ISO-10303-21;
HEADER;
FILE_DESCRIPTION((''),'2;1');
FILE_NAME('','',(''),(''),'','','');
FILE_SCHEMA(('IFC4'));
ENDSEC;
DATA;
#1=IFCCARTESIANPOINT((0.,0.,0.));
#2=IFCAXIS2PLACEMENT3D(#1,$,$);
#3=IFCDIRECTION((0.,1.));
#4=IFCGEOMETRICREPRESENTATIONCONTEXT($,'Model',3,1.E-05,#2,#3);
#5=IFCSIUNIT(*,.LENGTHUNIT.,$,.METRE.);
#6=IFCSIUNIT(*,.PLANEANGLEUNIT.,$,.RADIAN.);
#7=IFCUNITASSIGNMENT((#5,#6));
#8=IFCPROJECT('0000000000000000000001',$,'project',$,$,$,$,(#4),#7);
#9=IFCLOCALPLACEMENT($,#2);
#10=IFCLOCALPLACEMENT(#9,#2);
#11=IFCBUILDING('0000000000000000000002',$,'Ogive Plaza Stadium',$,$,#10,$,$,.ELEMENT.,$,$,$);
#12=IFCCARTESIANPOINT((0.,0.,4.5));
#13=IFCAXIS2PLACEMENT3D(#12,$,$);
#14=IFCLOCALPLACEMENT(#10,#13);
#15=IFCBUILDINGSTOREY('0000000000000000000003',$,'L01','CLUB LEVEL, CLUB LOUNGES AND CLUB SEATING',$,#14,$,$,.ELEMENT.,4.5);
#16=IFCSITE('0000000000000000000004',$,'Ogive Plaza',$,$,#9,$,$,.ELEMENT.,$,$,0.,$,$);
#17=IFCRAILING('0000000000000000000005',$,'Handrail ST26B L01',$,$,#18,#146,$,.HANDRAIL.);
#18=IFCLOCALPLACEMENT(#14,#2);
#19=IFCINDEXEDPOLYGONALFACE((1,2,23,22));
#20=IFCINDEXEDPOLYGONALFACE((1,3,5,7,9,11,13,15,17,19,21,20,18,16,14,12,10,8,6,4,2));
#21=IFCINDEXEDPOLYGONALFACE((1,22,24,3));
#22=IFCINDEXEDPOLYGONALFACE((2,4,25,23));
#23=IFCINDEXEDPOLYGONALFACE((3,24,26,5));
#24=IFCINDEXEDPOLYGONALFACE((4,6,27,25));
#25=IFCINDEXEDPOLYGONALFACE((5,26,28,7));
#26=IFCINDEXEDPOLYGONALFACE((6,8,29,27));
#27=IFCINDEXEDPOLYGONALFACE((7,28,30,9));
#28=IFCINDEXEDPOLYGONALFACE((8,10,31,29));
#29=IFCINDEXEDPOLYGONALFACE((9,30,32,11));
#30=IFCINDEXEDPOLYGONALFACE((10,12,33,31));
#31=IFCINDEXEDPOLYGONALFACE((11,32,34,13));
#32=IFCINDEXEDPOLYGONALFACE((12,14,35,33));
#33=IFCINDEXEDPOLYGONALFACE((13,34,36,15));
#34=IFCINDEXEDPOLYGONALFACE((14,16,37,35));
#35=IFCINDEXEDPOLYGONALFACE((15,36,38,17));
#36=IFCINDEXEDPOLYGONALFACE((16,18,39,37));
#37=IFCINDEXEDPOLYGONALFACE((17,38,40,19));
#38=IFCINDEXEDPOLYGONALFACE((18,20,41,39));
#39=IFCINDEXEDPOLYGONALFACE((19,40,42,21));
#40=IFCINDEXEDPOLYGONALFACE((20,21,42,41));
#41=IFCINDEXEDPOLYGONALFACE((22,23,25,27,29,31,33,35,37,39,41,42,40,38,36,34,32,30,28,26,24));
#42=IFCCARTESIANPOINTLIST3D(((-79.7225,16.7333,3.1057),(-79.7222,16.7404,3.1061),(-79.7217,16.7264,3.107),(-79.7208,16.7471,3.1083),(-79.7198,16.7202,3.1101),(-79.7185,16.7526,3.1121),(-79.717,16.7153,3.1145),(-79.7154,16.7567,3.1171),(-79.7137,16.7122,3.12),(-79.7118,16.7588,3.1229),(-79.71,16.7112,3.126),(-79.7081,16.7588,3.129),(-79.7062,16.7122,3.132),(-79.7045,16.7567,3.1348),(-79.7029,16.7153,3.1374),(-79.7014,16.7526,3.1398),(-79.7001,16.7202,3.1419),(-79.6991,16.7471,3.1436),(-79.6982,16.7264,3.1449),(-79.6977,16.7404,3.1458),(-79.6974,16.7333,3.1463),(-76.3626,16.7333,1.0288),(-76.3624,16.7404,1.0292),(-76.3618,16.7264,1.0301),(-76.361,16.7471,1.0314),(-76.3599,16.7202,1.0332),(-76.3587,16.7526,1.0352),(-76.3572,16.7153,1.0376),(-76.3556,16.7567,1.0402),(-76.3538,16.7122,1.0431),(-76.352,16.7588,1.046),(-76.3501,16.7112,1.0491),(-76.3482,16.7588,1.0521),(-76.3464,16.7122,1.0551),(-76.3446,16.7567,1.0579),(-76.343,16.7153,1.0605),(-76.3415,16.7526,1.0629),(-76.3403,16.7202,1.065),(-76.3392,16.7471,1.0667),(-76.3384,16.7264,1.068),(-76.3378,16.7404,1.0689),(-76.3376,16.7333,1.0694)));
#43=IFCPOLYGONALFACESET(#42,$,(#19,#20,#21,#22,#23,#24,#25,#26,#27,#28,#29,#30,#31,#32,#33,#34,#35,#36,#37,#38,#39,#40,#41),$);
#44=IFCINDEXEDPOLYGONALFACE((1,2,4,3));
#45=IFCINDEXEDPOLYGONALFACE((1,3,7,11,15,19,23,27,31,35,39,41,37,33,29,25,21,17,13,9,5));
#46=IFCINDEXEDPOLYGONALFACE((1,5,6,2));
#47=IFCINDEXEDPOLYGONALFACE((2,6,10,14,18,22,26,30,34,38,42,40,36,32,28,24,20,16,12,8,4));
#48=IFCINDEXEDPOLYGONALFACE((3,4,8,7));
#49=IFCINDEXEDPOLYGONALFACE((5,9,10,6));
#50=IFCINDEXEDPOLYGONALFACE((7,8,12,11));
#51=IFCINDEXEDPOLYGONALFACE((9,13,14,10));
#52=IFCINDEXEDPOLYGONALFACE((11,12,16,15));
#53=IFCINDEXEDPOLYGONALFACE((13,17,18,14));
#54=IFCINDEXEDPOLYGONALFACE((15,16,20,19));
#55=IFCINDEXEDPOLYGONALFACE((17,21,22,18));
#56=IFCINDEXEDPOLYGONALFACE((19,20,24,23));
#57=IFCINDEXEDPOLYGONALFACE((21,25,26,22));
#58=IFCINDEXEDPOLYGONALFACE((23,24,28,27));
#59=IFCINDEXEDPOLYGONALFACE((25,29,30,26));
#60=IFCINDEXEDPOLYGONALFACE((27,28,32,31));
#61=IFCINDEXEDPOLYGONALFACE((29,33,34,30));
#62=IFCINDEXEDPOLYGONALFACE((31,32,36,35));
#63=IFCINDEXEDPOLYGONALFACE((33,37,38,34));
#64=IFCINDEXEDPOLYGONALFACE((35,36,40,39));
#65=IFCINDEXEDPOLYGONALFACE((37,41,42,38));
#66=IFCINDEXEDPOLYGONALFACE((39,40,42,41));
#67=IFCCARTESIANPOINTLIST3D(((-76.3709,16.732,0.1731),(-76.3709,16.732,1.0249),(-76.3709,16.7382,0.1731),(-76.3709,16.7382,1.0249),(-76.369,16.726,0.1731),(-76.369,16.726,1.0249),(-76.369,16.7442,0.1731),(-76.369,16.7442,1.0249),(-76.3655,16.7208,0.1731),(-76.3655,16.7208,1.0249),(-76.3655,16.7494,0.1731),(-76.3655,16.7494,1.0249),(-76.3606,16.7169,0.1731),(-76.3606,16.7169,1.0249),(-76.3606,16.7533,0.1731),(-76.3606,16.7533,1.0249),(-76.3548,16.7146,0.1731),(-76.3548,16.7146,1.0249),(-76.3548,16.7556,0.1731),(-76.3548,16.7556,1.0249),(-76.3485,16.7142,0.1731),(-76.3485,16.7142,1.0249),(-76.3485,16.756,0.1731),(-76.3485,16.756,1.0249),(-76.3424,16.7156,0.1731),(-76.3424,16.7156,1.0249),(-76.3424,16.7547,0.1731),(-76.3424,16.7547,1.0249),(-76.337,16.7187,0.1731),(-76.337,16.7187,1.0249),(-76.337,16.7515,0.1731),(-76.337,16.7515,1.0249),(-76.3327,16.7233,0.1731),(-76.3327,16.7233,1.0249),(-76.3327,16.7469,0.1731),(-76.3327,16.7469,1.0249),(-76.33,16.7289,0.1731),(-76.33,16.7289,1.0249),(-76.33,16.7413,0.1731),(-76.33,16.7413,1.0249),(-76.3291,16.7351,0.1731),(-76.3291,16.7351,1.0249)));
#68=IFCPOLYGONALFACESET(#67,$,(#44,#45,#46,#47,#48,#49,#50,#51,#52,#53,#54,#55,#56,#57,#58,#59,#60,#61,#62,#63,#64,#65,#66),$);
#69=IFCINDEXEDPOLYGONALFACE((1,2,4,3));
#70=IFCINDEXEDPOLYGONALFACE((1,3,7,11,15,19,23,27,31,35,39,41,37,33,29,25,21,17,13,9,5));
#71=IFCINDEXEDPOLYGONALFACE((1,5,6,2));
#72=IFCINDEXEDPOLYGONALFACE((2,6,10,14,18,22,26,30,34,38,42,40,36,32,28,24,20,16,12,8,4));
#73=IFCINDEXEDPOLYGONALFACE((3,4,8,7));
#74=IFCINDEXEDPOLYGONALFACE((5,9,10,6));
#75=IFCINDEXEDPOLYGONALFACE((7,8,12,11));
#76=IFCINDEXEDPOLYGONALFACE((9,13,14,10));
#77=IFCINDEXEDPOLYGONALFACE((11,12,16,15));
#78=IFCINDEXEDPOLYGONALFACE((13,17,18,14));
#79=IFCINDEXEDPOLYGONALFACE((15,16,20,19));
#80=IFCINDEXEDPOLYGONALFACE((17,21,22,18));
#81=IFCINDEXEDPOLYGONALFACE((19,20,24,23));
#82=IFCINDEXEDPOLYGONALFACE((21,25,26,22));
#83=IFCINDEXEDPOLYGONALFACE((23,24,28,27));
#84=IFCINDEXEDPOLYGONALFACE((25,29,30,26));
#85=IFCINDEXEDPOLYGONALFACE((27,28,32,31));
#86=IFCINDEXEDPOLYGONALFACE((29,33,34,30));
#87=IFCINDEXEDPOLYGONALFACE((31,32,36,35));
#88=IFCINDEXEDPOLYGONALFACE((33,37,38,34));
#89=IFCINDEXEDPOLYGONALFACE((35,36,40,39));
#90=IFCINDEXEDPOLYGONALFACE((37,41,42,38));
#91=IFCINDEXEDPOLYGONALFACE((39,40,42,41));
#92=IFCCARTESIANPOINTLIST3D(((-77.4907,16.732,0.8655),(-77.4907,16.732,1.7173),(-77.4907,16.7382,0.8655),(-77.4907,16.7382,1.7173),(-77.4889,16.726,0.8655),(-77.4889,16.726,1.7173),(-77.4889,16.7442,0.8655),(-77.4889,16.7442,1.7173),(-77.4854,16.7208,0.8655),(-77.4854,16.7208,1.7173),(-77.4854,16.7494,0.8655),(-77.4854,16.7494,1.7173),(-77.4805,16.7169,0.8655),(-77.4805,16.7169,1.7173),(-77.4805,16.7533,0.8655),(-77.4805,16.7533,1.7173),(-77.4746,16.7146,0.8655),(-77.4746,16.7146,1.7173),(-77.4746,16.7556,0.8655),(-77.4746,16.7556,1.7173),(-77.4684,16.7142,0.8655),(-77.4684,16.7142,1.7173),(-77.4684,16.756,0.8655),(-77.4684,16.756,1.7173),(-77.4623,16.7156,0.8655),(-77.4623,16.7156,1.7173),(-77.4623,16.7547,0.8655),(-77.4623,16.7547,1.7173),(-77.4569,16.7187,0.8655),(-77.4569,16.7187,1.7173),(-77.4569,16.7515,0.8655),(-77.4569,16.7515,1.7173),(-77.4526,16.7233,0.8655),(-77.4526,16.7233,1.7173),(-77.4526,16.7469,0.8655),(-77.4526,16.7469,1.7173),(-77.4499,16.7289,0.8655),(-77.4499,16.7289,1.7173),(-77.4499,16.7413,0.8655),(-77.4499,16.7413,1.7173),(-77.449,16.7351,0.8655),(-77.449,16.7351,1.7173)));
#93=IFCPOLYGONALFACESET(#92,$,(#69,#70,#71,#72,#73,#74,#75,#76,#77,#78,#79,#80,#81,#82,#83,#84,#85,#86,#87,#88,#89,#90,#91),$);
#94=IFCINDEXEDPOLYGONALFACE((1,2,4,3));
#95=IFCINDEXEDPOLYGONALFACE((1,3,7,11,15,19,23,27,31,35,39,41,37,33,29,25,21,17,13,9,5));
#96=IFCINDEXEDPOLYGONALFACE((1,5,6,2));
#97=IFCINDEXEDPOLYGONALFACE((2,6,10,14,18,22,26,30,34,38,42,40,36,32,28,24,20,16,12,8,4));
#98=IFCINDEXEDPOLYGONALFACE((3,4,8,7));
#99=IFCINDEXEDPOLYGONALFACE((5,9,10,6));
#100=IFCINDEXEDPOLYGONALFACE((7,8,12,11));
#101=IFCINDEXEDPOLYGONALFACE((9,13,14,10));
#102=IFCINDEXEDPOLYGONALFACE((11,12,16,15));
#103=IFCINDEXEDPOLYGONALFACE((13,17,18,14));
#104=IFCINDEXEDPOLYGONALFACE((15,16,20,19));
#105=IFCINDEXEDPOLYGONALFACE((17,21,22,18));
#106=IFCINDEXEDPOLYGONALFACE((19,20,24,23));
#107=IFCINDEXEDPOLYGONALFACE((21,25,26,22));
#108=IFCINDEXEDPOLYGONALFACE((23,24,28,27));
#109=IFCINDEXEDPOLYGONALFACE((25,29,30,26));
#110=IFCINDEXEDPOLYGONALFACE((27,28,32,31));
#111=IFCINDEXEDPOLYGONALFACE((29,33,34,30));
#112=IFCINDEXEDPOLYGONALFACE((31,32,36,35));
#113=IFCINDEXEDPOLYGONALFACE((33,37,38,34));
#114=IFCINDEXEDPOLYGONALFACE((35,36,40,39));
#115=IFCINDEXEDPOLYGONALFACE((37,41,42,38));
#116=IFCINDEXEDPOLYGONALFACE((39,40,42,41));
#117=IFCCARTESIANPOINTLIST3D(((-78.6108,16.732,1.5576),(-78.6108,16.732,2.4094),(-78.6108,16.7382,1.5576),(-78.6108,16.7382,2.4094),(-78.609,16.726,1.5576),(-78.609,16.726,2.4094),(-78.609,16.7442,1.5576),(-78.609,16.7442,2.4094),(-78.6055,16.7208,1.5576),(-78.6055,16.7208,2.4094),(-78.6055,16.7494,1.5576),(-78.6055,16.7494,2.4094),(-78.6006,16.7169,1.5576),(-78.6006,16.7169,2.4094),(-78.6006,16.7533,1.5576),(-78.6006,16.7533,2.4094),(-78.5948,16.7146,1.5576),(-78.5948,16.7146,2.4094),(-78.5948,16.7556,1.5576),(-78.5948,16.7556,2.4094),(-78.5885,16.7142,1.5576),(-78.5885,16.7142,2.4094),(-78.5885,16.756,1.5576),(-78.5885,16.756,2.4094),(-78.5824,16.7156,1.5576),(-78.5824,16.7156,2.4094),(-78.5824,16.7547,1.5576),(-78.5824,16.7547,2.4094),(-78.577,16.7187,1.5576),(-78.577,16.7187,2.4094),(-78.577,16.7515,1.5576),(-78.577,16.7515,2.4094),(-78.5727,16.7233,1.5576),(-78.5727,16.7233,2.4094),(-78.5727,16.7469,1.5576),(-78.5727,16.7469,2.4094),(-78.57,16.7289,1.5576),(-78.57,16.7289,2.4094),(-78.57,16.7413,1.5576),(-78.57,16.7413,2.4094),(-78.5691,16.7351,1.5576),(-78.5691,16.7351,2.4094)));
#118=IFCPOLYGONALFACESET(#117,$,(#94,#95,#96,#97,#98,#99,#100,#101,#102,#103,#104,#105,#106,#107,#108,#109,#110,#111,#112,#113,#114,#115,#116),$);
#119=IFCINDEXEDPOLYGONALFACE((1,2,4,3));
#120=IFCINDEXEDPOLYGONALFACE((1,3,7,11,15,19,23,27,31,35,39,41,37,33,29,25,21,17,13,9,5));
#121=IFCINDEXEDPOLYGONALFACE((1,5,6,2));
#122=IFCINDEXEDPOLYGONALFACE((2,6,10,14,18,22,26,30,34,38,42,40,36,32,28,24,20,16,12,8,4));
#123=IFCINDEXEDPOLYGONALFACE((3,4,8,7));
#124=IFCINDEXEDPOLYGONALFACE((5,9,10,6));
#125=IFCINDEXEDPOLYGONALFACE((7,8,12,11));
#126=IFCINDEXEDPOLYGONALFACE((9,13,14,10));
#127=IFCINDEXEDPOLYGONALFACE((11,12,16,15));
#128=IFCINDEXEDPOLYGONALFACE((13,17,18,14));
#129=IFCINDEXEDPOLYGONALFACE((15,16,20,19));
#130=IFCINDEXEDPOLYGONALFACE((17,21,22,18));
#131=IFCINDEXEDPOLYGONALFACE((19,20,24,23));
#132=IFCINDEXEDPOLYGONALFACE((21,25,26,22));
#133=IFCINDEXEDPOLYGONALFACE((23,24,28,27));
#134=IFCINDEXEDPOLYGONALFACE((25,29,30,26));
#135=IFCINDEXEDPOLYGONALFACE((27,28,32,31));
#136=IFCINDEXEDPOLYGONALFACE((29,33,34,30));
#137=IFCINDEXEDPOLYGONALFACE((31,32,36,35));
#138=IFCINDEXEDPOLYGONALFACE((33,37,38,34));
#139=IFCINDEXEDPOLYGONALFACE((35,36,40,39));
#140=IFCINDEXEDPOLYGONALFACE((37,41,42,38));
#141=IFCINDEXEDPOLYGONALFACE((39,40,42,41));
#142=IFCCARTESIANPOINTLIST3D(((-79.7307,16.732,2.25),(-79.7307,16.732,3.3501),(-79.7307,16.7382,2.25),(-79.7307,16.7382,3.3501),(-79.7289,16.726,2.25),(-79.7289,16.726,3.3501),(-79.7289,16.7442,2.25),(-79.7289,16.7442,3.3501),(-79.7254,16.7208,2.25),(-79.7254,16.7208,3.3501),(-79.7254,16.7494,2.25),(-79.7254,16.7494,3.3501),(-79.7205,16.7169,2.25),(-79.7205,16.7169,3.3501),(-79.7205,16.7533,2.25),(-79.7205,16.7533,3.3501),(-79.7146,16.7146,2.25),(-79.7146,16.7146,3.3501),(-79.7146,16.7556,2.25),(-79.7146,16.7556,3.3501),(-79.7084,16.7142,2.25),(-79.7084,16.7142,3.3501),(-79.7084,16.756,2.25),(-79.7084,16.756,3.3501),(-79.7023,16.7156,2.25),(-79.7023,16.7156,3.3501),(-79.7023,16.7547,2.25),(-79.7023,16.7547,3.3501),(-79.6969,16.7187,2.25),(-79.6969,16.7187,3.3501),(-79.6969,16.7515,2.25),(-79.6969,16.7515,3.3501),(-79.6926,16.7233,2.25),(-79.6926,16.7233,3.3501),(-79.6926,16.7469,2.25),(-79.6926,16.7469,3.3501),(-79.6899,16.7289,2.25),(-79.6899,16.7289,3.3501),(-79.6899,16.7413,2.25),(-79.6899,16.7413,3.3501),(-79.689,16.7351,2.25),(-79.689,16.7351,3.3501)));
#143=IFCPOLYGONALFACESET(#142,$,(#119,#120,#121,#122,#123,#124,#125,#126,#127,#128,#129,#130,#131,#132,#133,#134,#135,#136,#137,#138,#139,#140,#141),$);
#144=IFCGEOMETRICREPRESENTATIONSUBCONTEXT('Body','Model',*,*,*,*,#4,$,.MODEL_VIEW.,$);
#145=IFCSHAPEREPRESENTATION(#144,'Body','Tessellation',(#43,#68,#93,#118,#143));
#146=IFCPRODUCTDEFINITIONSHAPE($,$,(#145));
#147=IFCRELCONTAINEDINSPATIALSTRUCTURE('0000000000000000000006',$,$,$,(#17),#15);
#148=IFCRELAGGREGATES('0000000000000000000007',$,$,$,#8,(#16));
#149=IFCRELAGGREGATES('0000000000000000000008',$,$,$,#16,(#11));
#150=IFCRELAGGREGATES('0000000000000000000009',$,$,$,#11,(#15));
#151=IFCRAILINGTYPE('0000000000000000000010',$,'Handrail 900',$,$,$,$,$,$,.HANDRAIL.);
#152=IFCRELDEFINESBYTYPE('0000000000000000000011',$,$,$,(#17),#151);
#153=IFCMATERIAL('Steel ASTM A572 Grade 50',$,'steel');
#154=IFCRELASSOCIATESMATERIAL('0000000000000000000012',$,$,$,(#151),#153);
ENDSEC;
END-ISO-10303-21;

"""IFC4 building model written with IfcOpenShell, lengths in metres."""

from ifc_helpers import new_model, si_unit, direction, frame, origin, origin_2d, place, context, subcontext, project, spatial, circle, extrude, material, type_object, element, save


model = new_model("IFC4")

# Units and contexts
model_context = context("Model", 3, precision=1e-05, world=origin(), true_north=direction((0.0, 1.0)))
body_context = subcontext(model_context, "Body", "Model", "MODEL_VIEW")
ifc_project = project(units=[si_unit("LENGTHUNIT", "METRE"), si_unit("PLANEANGLEUNIT", "RADIAN")], contexts=[model_context])

# Site, building, storey
site_placement = place(None, origin())
site = spatial("IfcSite", under=ifc_project, at=site_placement, Name="Ogive Plaza", CompositionType="ELEMENT", RefElevation=0.0)
building_placement = place(site_placement, origin())
building = spatial("IfcBuilding", under=site, at=building_placement, Name="Ogive Plaza Stadium", CompositionType="ELEMENT")
storey_placement = place(building_placement, frame((0.0, 0.0, 4.5)))
storey = spatial("IfcBuildingStorey", under=building, at=storey_placement, Name="L01", Description="CLUB LEVEL, CLUB LOUNGES AND CLUB SEATING", CompositionType="ELEMENT", Elevation=4.5)

# Railing
ifc_material_1 = material(Name="Steel ASTM A572 Grade 50", Category="steel")
railing_type_1 = type_object("IfcRailingType", Name="Handrail 900", PredefinedType="HANDRAIL", material=ifc_material_1)
for number, where, name in (
    (1, (-76.3501, 16.7351, 0.1731), "Handrail ST26B L01"),
):
    element("IfcRailing", number, at=place(storey_placement, frame(where)), inside=storey, type_object=railing_type_1, Name=name, PredefinedType="HANDRAIL", context=body_context, shape_type="SweptSolid", body=[
        extrude(circle(Radius=0.0239, at=origin_2d()), frame((0.0, 0.0, 0.876), z_axis=(-0.850606, 0.0, 0.525803), x_axis=(0.0, -1.0, 0.0)), (0.0, 0.0, 1.0), 3.95),
        extrude(circle(Radius=0.021, at=origin_2d()), origin(), (0.0, 0.0, 1.0), 0.8518),
        extrude(circle(Radius=0.021, at=origin_2d()), frame((-1.1199, 0.0, 0.6924)), (0.0, 0.0, 1.0), 0.8518),
        extrude(circle(Radius=0.021, at=origin_2d()), frame((-2.24, 0.0, 1.3845)), (0.0, 0.0, 1.0), 0.8518),
        extrude(circle(Radius=0.021, at=origin_2d()), frame((-3.3599, 0.0, 2.0769)), (0.0, 0.0, 1.0), 1.1001),
    ])

save(model, "model.ifc")
